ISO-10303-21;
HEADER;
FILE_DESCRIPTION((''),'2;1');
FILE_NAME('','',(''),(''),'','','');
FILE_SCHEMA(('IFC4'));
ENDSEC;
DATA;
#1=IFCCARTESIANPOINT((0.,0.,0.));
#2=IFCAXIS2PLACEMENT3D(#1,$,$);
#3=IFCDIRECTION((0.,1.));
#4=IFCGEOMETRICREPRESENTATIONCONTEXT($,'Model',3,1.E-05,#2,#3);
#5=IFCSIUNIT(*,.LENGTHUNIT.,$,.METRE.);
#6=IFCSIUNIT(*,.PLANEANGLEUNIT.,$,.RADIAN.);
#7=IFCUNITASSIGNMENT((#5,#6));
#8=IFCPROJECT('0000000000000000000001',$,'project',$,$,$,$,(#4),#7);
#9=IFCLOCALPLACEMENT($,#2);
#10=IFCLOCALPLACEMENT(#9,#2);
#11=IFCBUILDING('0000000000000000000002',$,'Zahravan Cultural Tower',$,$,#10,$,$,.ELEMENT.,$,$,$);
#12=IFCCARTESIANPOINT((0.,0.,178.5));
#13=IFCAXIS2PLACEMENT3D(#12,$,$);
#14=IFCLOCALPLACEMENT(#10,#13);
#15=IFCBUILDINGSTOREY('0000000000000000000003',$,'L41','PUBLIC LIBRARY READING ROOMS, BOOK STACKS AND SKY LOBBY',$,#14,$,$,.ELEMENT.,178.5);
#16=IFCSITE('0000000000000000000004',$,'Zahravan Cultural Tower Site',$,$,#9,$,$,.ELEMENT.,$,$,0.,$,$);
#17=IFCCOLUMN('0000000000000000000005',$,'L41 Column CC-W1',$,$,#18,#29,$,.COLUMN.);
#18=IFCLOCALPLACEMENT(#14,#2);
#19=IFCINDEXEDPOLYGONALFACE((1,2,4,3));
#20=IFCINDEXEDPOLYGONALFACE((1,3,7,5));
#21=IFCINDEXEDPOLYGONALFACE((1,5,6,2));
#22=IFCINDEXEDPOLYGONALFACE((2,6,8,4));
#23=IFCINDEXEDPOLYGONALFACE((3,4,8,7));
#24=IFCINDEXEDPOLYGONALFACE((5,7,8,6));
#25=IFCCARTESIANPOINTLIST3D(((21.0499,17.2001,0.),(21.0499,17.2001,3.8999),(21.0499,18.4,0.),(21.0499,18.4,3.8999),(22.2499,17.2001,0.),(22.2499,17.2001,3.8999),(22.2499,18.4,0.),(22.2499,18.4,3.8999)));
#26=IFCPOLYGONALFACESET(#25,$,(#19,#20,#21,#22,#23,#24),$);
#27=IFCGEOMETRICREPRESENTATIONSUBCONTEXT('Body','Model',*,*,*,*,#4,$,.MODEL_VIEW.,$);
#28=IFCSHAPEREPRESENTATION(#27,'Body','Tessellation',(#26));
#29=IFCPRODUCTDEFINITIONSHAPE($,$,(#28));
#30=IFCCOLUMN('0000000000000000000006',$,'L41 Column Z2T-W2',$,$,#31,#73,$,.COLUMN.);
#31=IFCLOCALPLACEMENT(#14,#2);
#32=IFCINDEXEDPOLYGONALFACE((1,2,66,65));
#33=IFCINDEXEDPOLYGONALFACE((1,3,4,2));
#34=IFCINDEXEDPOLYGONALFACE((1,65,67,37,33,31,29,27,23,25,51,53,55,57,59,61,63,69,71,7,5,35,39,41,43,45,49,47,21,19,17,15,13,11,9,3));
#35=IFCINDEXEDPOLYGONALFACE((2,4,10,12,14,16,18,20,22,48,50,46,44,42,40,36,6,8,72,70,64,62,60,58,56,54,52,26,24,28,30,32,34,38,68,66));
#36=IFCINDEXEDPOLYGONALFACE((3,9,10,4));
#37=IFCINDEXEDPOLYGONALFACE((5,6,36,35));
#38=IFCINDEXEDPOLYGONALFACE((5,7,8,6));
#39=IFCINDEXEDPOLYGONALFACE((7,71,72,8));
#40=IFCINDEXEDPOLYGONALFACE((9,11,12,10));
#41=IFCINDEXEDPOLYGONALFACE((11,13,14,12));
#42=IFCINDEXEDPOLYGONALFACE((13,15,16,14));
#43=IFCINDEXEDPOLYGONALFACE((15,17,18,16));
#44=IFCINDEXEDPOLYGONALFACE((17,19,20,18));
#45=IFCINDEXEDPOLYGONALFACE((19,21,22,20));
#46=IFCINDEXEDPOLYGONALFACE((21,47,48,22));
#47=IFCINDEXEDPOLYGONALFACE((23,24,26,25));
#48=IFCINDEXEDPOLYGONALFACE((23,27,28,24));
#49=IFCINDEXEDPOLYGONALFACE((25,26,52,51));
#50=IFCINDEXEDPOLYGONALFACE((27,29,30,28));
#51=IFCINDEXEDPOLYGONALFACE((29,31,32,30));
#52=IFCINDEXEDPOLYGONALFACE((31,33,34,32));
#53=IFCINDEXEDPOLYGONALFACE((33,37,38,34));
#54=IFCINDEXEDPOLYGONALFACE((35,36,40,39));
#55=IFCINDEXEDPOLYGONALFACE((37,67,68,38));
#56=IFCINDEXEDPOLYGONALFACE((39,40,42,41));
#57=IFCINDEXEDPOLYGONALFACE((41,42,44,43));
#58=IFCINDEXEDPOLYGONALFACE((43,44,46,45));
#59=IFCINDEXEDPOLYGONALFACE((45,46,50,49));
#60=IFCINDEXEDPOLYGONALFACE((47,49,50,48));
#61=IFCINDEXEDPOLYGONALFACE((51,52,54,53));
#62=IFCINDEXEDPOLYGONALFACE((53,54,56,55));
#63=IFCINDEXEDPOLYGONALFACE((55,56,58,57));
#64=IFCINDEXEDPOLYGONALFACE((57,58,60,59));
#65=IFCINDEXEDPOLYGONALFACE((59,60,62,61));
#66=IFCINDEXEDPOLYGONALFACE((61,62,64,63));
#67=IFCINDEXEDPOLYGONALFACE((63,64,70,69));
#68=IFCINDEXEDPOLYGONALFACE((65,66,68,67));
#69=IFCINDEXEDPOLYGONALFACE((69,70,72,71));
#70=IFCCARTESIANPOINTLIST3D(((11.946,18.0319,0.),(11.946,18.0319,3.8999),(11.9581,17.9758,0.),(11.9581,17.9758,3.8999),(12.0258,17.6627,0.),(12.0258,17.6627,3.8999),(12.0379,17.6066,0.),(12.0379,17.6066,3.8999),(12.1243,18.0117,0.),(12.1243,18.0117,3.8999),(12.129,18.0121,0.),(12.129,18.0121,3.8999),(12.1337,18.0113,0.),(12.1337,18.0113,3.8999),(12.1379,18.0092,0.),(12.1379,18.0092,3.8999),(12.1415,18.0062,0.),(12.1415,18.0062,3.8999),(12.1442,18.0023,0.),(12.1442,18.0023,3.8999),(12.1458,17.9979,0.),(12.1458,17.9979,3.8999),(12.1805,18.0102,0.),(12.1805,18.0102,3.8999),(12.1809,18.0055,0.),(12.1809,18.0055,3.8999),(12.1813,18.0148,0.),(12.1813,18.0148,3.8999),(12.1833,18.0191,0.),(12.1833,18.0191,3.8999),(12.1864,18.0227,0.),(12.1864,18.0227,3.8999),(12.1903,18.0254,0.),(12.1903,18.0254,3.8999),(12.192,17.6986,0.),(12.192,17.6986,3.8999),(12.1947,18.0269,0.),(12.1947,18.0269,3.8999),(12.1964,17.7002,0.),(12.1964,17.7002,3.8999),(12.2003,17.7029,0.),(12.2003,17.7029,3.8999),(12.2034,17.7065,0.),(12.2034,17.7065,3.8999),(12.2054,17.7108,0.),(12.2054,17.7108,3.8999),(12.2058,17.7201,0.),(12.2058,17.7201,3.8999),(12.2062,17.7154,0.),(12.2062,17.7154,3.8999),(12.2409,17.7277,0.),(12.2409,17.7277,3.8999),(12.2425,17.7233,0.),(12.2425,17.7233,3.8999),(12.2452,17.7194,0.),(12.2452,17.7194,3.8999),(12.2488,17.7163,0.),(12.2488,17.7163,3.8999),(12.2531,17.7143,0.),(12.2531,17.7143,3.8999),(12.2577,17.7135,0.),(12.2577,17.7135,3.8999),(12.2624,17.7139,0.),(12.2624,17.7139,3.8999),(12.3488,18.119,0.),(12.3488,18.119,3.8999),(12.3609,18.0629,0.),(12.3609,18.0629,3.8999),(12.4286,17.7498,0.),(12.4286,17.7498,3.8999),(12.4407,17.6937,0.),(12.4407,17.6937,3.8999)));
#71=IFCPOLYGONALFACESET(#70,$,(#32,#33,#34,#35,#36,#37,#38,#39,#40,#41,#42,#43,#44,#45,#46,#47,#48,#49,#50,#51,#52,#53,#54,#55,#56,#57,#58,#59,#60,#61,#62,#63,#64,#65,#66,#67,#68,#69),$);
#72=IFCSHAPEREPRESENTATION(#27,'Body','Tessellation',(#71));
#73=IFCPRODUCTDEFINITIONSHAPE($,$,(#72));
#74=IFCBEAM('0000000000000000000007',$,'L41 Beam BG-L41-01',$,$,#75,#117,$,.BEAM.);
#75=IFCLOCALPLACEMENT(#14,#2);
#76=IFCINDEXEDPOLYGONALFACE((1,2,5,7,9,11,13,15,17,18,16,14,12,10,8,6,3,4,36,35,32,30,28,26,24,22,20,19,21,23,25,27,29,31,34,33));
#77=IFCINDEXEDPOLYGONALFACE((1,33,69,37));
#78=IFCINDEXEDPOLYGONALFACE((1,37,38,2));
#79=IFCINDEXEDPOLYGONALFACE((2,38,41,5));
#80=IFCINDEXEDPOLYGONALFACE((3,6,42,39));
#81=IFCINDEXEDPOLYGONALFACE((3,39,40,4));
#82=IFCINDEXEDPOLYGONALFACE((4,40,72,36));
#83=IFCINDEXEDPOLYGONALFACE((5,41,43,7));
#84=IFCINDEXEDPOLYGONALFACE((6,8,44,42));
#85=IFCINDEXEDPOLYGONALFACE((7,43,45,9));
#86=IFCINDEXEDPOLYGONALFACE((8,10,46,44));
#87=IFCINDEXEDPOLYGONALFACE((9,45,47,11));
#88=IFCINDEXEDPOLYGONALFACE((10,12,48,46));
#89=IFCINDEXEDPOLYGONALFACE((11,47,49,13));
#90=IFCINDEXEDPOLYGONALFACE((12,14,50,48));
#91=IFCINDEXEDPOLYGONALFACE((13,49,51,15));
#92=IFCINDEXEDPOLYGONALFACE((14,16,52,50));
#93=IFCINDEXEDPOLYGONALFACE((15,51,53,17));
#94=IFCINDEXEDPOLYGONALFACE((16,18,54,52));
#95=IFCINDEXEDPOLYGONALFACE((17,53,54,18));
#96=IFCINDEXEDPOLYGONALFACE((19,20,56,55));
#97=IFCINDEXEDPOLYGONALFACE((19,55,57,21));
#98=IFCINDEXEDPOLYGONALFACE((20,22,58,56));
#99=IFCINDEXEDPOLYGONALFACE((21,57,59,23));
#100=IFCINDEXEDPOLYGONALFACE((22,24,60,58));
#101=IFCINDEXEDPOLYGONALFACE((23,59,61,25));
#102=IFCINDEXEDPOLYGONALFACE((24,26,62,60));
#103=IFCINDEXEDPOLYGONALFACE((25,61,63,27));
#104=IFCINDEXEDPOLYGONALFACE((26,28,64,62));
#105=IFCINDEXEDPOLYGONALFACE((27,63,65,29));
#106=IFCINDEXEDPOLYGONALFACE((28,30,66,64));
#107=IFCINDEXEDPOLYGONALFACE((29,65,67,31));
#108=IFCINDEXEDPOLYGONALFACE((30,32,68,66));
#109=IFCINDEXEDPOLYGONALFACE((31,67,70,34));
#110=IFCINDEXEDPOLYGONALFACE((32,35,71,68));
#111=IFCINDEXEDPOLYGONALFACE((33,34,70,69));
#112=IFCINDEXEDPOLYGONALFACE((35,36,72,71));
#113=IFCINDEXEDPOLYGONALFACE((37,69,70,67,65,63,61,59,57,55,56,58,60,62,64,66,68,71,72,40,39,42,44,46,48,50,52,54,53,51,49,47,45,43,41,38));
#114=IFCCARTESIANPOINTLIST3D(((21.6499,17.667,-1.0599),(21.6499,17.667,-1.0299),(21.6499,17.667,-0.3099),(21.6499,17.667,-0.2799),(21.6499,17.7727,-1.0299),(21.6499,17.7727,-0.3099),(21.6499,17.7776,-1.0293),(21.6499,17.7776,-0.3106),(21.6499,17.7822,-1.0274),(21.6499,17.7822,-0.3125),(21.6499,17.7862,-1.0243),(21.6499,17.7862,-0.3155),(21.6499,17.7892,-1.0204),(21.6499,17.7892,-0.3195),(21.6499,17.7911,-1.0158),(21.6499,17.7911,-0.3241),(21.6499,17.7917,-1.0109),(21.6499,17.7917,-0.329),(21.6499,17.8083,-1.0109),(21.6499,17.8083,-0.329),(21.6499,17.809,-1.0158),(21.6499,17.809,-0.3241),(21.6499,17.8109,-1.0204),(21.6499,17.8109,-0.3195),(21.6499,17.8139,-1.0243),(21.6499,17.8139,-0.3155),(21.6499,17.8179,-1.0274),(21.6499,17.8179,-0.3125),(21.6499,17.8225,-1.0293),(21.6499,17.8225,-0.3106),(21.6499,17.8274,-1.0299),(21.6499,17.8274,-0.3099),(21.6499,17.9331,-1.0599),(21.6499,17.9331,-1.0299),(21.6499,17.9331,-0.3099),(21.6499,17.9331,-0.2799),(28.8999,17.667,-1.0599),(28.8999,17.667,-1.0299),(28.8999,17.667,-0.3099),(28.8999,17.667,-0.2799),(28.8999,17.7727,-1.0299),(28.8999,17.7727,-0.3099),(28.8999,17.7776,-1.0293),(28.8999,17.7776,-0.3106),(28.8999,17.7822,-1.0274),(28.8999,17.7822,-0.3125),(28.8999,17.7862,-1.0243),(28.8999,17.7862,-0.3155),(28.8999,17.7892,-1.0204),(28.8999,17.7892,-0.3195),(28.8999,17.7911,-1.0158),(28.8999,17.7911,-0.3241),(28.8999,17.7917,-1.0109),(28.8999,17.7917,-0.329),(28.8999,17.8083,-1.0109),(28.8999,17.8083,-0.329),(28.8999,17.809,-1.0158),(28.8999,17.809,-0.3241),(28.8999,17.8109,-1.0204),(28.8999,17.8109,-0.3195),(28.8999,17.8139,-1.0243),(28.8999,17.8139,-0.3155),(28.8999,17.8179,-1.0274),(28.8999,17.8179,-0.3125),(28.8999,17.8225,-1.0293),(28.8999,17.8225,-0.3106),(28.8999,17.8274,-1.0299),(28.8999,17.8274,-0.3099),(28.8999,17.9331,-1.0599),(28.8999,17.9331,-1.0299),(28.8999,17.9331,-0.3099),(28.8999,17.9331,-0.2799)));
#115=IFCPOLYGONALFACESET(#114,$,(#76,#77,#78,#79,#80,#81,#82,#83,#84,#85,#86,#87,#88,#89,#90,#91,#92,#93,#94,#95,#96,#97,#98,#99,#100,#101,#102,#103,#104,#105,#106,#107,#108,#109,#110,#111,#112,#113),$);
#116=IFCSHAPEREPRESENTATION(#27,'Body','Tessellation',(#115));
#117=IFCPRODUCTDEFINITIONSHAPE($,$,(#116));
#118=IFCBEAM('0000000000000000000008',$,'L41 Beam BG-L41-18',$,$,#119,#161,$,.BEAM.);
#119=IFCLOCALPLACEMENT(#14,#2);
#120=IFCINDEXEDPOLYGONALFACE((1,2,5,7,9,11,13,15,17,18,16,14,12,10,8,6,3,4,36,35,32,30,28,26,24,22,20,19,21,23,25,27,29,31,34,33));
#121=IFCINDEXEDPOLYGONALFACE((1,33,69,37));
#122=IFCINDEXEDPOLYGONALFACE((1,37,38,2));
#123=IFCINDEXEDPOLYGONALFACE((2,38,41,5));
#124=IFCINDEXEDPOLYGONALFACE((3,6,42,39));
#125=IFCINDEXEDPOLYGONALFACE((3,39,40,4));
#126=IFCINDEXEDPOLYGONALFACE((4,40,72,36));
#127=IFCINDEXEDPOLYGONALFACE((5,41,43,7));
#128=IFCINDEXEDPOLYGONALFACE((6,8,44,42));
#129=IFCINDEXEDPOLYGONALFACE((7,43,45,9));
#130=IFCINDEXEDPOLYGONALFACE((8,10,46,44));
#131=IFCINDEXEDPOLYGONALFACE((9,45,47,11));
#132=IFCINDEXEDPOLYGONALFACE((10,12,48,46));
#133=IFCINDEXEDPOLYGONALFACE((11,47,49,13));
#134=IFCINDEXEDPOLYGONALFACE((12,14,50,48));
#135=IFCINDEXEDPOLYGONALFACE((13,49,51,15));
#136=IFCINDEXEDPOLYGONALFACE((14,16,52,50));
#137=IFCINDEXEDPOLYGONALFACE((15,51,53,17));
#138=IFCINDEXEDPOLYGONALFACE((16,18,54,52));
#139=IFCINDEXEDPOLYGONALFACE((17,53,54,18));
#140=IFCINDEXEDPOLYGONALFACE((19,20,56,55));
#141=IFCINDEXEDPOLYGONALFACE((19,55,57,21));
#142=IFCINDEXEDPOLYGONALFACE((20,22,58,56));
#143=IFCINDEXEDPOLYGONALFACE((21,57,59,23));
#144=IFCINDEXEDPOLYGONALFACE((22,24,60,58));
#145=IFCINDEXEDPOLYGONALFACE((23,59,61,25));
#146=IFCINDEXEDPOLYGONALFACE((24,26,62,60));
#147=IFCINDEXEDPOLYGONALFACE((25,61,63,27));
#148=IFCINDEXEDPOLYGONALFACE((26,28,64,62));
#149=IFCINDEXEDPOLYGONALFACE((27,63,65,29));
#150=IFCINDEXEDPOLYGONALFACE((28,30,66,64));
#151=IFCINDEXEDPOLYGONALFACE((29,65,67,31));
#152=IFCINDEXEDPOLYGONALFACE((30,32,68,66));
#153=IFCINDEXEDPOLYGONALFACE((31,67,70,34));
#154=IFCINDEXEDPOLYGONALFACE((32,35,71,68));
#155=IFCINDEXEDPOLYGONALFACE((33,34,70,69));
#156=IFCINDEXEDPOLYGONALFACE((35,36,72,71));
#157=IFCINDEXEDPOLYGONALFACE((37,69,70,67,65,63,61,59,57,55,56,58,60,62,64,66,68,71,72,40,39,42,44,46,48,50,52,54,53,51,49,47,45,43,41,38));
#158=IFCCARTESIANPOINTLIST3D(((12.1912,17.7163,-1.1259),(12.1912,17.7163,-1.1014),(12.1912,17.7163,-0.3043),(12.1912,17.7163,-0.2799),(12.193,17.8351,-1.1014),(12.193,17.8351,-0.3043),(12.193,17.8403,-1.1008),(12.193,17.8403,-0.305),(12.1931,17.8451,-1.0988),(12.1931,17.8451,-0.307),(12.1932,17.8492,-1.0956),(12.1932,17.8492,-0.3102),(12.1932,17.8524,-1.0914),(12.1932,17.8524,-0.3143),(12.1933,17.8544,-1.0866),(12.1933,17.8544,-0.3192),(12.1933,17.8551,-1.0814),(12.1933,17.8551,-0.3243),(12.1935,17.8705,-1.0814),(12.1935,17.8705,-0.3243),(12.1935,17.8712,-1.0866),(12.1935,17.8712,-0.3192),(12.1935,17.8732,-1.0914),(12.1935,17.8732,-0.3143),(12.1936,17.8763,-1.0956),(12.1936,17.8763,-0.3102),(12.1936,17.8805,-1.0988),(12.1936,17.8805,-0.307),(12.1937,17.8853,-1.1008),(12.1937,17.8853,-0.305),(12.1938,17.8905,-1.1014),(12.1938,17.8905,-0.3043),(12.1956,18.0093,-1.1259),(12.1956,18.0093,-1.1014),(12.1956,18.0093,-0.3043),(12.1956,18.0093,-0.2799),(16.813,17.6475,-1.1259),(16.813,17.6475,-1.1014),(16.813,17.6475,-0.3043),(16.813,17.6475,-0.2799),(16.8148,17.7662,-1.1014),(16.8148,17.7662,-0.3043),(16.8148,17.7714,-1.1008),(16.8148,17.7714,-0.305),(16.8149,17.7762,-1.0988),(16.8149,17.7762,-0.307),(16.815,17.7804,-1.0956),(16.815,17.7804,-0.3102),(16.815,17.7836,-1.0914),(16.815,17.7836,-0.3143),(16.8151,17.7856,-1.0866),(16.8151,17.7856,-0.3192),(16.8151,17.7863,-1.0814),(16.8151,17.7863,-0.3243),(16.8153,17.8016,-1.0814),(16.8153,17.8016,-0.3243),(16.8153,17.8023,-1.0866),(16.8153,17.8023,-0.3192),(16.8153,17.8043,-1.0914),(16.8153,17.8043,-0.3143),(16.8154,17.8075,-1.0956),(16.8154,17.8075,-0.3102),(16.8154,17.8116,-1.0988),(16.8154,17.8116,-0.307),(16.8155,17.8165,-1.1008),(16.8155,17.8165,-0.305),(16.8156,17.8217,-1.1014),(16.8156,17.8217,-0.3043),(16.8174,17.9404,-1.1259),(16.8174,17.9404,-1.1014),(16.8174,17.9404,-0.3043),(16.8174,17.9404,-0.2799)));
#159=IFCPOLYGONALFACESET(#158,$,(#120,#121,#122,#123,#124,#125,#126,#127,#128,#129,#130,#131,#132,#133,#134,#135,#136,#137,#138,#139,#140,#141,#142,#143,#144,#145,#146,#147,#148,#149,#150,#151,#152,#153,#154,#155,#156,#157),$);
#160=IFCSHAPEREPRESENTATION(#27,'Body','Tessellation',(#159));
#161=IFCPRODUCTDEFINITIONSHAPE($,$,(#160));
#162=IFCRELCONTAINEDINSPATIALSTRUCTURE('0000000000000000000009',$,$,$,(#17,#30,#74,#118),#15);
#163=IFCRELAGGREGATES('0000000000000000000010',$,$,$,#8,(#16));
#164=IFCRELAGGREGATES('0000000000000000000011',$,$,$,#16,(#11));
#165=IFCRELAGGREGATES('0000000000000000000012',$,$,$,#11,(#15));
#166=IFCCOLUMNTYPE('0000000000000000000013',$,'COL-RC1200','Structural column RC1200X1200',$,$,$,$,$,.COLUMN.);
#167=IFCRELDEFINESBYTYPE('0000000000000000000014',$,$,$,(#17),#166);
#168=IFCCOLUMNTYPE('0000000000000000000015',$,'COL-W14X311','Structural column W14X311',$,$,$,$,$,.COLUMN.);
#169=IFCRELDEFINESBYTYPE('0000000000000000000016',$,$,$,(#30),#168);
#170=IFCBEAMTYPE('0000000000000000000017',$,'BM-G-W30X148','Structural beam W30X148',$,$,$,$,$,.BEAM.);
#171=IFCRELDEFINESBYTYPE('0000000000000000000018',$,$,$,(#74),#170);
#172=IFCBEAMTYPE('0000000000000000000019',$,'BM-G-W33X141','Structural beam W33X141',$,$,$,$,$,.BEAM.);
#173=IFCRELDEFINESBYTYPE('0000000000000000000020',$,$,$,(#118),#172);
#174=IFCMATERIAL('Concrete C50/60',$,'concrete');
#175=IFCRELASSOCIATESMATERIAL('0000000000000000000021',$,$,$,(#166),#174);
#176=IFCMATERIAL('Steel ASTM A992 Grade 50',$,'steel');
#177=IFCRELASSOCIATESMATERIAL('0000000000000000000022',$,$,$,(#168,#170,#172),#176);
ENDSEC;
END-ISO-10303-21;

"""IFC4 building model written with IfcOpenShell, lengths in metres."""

from ifc_helpers import new_model, si_unit, direction, frame, origin, origin_2d, place, context, subcontext, project, spatial, rectangle, i_section, extrude, source, transform, mapped, material, material_profile, profile_set, type_object, element, save


model = new_model("IFC4")

# Units and contexts
model_context = context("Model", 3, precision=1e-05, world=origin(), true_north=direction((0.0, 1.0)))
body_context = subcontext(model_context, "Body", "Model", "MODEL_VIEW")
ifc_project = project(units=[si_unit("LENGTHUNIT", "METRE"), si_unit("PLANEANGLEUNIT", "RADIAN")], contexts=[model_context])

# Site, building, storey
site_placement = place(None, origin())
site = spatial("IfcSite", under=ifc_project, at=site_placement, Name="Zahravan Cultural Tower Site", CompositionType="ELEMENT", RefElevation=0.0)
building_placement = place(site_placement, origin())
building = spatial("IfcBuilding", under=site, at=building_placement, Name="Zahravan Cultural Tower", CompositionType="ELEMENT")
storey_placement = place(building_placement, frame((0.0, 0.0, 178.5)))
storey = spatial("IfcBuildingStorey", under=building, at=storey_placement, Name="L41", Description="PUBLIC LIBRARY READING ROOMS, BOOK STACKS AND SKY LOBBY", CompositionType="ELEMENT", Elevation=178.5)

# Columns
ifc_material_1 = material(Name="Concrete C50/60", Category="concrete")
ifc_material_profile_1 = material_profile(ifc_material_1, rectangle(XDim=1.2, YDim=1.2, at=origin_2d()), Name="RC1200X1200")
ifc_profile_set_1 = profile_set([ifc_material_profile_1], Name="Concrete C50/60")
column_type_1 = type_object("IfcColumnType", Name="COL-RC1200", Description="Structural column RC1200X1200", PredefinedType="COLUMN", material=ifc_profile_set_1)
shared_shape_1 = source(origin(), body_context, "Body", "SweptSolid", [
    extrude(rectangle(XDim=1.2, YDim=1.2, at=origin_2d()), origin(), (0.0, 0.0, 1.0), 3.8999),
])
column_1_placement = place(storey_placement, frame((21.6499, 17.8, 0.0), z_axis=(0.0, 0.0, 1.0), x_axis=(1.0, 0.0, 0.0)))
element("IfcColumn", 1, at=column_1_placement, inside=storey, type_object=column_type_1, Name="L41 Column CC-W1", PredefinedType="COLUMN", context=body_context, shape_type="MappedRepresentation", body=[
    mapped(shared_shape_1, transform((0.0, 0.0, 0.0), x_axis=(1.0, 0.0, 0.0), y_axis=(0.0, 1.0, 0.0), z_axis=(0.0, 0.0, 1.0), scale=1.0)),
])
ifc_material_2 = material(Name="Steel ASTM A992 Grade 50", Category="steel")
ifc_material_profile_2 = material_profile(ifc_material_2, i_section(OverallWidth=0.4121, OverallDepth=0.4351, WebThickness=0.0359, FlangeThickness=0.0574, FilletRadius=0.0181, at=origin_2d()), Name="W14X311")
ifc_profile_set_2 = profile_set([ifc_material_profile_2], Name="Steel ASTM A992 Grade 50")
column_type_2 = type_object("IfcColumnType", Name="COL-W14X311", Description="Structural column W14X311", PredefinedType="COLUMN", material=ifc_profile_set_2)
shared_shape_2 = source(origin(), body_context, "Body", "SweptSolid", [
    extrude(i_section(OverallWidth=0.4121, OverallDepth=0.4351, WebThickness=0.0359, FlangeThickness=0.0574, FilletRadius=0.0181, at=origin_2d()), origin(), (0.0, 0.0, 1.0), 3.8999),
])
column_2_placement = place(storey_placement, frame((12.1934, 17.8628, 0.0), z_axis=(0.0, 0.0, 1.0), x_axis=(0.977416, 0.211325, 0.0)))
element("IfcColumn", 2, at=column_2_placement, inside=storey, type_object=column_type_2, Name="L41 Column Z2T-W2", PredefinedType="COLUMN", context=body_context, shape_type="MappedRepresentation", body=[
    mapped(shared_shape_2, transform((0.0, 0.0, 0.0), x_axis=(1.0, 0.0, 0.0), y_axis=(0.0, 1.0, 0.0), z_axis=(0.0, 0.0, 1.0), scale=1.0)),
])

# Beams
ifc_material_profile_3 = material_profile(ifc_material_2, i_section(OverallWidth=0.2661, OverallDepth=0.78, WebThickness=0.0166, FlangeThickness=0.03, FilletRadius=0.019, at=origin_2d()), Name="W30X148")
ifc_profile_set_3 = profile_set([ifc_material_profile_3], Name="Steel ASTM A992 Grade 50")
beam_type_1 = type_object("IfcBeamType", Name="BM-G-W30X148", Description="Structural beam W30X148", PredefinedType="BEAM", material=ifc_profile_set_3)
shared_shape_3 = source(origin(), body_context, "Body", "SweptSolid", [
    extrude(i_section(OverallWidth=0.2661, OverallDepth=0.78, WebThickness=0.0166, FlangeThickness=0.03, FilletRadius=0.019, at=origin_2d()), origin(), (0.0, 0.0, 1.0), 7.25),
])
beam_1_placement = place(storey_placement, frame((21.6499, 17.8, -0.6699), z_axis=(1.0, 0.0, 0.0), x_axis=(0.0, 1.0, 0.0)))
element("IfcBeam", 3, at=beam_1_placement, inside=storey, type_object=beam_type_1, Name="L41 Beam BG-L41-01", PredefinedType="BEAM", context=body_context, shape_type="MappedRepresentation", body=[
    mapped(shared_shape_3, transform((0.0, 0.0, 0.0), x_axis=(1.0, 0.0, 0.0), y_axis=(0.0, 1.0, 0.0), z_axis=(0.0, 0.0, 1.0), scale=1.0)),
])
ifc_material_profile_4 = material_profile(ifc_material_2, i_section(OverallWidth=0.293, OverallDepth=0.8459, WebThickness=0.0154, FlangeThickness=0.0244, FilletRadius=0.02, at=origin_2d()), Name="W33X141")
ifc_profile_set_4 = profile_set([ifc_material_profile_4], Name="Steel ASTM A992 Grade 50")
beam_type_2 = type_object("IfcBeamType", Name="BM-G-W33X141", Description="Structural beam W33X141", PredefinedType="BEAM", material=ifc_profile_set_4)
shared_shape_4 = source(origin(), body_context, "Body", "SweptSolid", [
    extrude(i_section(OverallWidth=0.293, OverallDepth=0.8459, WebThickness=0.0154, FlangeThickness=0.0244, FilletRadius=0.02, at=origin_2d()), origin(), (0.0, 0.0, 1.0), 4.6223),
])
beam_2_placement = place(storey_placement, frame((16.8152, 17.7939, -0.7029), z_axis=(-0.999889, 0.014895, 0.0), x_axis=(-0.014895, -0.999889, 0.0)))
element("IfcBeam", 4, at=beam_2_placement, inside=storey, type_object=beam_type_2, Name="L41 Beam BG-L41-18", PredefinedType="BEAM", context=body_context, shape_type="MappedRepresentation", body=[
    mapped(shared_shape_4, transform((0.0, 0.0, 0.0), x_axis=(1.0, 0.0, 0.0), y_axis=(0.0, 1.0, 0.0), z_axis=(0.0, 0.0, 1.0), scale=1.0)),
])

save(model, "model.ifc")
